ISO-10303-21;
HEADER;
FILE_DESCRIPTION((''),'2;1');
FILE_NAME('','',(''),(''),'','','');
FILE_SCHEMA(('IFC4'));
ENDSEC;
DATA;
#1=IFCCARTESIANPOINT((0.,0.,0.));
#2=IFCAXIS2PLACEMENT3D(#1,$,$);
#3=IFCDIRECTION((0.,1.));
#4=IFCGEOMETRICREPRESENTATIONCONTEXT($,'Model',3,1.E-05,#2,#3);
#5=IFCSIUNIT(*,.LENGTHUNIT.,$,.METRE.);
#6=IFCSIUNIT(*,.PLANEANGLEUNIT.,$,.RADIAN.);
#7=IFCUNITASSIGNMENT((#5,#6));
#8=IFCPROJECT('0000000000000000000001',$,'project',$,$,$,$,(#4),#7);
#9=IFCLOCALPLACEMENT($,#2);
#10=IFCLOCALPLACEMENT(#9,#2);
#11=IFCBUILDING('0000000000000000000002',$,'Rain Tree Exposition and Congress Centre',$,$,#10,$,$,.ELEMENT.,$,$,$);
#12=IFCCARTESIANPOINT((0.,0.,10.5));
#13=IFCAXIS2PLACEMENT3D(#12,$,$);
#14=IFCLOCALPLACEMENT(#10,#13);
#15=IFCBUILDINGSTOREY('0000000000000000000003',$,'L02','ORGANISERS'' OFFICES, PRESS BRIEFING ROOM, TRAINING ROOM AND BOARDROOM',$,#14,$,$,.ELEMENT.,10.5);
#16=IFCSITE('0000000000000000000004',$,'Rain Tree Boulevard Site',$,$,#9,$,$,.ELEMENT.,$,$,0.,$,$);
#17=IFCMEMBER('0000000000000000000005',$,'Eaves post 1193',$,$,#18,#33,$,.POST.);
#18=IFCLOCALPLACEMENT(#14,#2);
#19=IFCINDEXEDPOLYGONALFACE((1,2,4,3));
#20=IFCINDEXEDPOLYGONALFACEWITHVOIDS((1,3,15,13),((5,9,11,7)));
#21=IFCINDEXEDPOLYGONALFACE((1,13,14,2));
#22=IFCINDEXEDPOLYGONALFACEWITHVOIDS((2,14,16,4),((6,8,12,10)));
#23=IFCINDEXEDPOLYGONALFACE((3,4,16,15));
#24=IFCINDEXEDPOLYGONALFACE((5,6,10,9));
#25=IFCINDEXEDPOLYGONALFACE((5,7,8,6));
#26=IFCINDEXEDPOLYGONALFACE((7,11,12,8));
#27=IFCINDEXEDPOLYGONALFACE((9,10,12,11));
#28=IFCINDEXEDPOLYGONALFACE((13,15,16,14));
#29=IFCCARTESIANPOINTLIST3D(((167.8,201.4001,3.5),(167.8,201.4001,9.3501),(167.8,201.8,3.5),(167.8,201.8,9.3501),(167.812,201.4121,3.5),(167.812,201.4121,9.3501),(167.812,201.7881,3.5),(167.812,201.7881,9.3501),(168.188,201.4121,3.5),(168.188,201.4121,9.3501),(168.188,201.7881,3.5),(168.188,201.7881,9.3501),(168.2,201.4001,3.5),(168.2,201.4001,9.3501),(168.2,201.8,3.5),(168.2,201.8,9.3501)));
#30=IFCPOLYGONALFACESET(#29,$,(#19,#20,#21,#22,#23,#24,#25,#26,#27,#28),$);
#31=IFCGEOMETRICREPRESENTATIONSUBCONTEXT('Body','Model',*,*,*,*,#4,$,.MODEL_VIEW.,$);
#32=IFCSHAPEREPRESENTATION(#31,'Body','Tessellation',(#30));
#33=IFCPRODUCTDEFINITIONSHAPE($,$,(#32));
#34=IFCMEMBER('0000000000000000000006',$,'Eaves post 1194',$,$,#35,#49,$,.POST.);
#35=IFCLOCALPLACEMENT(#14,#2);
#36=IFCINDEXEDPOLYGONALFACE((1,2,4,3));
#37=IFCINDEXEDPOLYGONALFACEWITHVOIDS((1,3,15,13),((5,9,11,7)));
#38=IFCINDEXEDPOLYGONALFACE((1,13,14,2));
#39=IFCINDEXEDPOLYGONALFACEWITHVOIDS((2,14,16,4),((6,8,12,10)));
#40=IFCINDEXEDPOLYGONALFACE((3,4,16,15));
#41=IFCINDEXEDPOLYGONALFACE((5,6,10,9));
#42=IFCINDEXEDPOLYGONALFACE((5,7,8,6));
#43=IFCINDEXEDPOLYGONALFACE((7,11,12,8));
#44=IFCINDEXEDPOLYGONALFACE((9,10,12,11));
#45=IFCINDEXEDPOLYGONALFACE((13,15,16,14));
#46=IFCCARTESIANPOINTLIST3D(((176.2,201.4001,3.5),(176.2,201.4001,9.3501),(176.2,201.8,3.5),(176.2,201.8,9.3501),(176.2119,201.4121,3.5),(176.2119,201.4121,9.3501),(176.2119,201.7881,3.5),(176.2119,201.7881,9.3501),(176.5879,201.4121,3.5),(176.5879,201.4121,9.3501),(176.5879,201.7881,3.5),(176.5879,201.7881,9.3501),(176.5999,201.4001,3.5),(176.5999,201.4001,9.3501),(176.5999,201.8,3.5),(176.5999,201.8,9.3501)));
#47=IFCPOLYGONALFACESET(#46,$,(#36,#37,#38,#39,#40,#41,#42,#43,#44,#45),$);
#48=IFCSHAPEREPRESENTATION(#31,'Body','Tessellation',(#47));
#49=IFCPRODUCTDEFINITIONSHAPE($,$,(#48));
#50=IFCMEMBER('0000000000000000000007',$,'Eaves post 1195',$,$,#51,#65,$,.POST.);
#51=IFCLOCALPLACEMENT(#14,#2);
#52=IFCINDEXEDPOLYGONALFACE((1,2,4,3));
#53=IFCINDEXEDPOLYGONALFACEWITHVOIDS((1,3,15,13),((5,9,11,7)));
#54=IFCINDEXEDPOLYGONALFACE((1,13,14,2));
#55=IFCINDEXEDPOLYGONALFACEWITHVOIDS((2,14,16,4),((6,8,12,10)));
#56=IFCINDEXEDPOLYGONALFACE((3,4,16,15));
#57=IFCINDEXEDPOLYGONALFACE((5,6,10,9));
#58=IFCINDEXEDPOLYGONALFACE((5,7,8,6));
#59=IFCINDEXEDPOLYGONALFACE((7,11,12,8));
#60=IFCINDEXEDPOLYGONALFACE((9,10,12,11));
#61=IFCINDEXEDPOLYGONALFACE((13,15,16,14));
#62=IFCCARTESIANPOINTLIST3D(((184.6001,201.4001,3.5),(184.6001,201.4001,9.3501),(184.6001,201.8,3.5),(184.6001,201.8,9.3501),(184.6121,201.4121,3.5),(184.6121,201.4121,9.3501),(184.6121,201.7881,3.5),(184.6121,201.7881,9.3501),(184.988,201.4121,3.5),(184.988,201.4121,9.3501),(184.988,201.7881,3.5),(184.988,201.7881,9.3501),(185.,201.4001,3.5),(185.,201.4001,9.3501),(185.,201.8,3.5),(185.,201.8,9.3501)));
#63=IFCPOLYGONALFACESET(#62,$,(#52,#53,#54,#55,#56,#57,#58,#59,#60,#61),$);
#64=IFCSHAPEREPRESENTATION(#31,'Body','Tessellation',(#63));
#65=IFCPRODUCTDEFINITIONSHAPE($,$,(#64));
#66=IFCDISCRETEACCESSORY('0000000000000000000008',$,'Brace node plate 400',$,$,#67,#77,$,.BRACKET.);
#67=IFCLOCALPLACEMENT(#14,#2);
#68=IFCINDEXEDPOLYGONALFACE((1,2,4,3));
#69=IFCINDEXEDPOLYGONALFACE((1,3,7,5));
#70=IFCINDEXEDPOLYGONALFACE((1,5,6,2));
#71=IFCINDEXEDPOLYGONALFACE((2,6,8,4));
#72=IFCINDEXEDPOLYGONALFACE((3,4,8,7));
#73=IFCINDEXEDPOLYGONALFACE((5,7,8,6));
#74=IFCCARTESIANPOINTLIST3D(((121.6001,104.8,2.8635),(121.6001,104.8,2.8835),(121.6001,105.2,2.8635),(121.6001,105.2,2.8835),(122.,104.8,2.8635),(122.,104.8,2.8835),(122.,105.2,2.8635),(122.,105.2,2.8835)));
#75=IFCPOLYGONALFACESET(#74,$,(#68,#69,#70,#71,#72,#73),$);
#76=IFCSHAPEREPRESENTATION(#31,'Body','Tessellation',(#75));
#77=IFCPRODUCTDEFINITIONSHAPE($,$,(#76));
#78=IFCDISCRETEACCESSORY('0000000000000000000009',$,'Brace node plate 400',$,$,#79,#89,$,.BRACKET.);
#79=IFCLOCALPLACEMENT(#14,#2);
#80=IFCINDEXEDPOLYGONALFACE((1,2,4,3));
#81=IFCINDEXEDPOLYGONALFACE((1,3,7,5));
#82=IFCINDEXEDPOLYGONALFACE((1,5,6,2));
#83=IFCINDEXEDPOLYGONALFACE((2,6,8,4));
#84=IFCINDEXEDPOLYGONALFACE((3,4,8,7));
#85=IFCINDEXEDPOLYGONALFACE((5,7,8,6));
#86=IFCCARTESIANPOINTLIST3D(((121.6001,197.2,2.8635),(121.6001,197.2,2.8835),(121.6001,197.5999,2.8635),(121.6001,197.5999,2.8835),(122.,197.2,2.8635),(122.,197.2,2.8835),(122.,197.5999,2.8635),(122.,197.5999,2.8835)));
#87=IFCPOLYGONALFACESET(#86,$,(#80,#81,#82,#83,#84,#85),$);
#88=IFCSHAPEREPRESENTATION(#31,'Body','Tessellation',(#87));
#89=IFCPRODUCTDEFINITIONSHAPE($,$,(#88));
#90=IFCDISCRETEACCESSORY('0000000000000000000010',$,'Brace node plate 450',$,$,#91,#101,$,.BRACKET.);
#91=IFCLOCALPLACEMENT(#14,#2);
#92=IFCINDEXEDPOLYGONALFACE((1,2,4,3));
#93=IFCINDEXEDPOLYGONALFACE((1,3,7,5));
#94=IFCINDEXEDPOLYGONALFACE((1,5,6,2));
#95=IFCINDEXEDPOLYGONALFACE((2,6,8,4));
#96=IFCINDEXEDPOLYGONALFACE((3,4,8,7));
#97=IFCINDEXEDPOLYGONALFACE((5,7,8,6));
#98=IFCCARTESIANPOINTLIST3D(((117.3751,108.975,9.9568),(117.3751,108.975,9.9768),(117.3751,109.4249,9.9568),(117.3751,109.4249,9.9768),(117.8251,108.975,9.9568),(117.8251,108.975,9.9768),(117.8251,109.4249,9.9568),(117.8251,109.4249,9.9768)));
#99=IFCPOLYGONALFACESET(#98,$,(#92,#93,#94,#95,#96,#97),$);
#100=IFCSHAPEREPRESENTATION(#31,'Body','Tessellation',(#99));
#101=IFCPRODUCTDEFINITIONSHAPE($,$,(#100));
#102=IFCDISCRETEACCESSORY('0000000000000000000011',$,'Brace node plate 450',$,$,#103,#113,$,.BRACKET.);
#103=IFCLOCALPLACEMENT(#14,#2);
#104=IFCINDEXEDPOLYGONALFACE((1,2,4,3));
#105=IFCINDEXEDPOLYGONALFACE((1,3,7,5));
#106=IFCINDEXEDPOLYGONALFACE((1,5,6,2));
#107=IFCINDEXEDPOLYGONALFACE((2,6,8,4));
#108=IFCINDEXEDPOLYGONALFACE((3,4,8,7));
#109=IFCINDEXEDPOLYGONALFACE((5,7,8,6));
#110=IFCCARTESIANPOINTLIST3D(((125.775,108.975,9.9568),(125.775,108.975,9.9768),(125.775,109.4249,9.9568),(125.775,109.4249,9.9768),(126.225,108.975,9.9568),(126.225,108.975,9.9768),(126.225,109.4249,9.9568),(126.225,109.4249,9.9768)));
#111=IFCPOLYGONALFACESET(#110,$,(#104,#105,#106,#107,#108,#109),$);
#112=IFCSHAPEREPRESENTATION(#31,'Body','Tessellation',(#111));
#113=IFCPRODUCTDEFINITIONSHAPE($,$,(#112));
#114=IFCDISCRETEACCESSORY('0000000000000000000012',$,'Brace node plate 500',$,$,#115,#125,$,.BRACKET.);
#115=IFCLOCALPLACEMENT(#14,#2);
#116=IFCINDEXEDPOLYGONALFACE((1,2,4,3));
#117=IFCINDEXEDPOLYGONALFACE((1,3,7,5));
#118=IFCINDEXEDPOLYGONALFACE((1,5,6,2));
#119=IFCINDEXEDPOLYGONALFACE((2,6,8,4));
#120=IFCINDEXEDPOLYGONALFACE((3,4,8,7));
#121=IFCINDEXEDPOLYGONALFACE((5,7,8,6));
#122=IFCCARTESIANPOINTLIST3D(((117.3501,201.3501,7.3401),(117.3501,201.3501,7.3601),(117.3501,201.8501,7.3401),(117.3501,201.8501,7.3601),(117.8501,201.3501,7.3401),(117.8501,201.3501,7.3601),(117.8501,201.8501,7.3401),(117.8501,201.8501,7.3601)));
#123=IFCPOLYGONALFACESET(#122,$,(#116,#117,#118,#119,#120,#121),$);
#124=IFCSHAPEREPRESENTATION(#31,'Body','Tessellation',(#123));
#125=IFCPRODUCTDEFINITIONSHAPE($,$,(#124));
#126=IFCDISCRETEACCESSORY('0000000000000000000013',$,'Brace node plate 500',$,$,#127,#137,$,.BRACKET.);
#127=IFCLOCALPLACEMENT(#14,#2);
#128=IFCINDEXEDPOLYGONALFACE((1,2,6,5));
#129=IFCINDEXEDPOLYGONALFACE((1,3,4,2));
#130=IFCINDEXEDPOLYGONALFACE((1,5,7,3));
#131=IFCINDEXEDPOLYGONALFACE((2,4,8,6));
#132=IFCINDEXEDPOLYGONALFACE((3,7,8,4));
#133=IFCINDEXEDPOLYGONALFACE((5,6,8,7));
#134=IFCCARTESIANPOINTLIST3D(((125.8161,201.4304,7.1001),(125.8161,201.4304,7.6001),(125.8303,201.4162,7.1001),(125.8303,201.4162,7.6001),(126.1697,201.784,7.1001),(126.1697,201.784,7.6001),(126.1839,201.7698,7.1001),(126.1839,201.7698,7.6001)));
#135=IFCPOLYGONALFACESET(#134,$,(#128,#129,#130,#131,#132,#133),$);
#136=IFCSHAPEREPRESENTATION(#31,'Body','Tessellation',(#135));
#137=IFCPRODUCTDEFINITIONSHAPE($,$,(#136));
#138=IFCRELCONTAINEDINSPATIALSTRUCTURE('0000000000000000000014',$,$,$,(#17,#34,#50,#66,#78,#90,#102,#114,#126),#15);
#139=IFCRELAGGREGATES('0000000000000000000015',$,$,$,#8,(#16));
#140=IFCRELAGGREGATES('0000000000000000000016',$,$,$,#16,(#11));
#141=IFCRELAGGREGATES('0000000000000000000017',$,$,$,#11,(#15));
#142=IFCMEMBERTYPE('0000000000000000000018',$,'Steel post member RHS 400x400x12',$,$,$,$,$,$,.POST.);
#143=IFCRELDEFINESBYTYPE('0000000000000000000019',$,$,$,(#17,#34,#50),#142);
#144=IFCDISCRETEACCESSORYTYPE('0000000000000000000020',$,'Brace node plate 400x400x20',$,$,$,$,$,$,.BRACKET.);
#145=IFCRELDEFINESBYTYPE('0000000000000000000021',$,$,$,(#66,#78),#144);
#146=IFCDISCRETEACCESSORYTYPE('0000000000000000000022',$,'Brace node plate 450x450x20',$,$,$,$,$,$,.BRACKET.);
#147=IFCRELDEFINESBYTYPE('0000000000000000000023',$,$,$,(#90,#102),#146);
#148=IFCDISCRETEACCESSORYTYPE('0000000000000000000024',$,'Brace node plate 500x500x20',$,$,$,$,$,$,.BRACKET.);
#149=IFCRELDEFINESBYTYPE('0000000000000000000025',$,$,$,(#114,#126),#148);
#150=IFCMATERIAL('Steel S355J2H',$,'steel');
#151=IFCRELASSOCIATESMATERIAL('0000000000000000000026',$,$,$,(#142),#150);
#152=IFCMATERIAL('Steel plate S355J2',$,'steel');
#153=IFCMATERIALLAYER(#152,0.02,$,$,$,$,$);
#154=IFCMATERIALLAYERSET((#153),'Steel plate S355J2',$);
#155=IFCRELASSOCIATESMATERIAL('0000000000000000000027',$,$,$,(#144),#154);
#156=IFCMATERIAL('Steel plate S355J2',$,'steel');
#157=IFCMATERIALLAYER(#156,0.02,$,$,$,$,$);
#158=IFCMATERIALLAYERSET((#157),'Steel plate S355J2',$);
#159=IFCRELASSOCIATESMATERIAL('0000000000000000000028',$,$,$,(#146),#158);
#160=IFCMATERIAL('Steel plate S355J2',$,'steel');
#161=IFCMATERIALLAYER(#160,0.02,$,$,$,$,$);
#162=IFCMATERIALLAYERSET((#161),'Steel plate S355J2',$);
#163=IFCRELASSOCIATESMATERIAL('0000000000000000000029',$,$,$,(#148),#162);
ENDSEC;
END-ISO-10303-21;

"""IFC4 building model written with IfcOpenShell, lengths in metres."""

from ifc_helpers import new_model, si_unit, direction, frame, origin, origin_2d, place, context, subcontext, project, spatial, rectangle, hollow_rectangle, extrude, material, layer, layer_set, material_profile, profile_set, type_object, element, save


model = new_model("IFC4")

# Units and contexts
model_context = context("Model", 3, precision=1e-05, world=origin(), true_north=direction((0.0, 1.0)))
body_context = subcontext(model_context, "Body", "Model", "MODEL_VIEW")
ifc_project = project(units=[si_unit("LENGTHUNIT", "METRE"), si_unit("PLANEANGLEUNIT", "RADIAN")], contexts=[model_context])

# Site, building, storey
site_placement = place(None, origin())
site = spatial("IfcSite", under=ifc_project, at=site_placement, Name="Rain Tree Boulevard Site", CompositionType="ELEMENT", RefElevation=0.0)
building_placement = place(site_placement, origin())
building = spatial("IfcBuilding", under=site, at=building_placement, Name="Rain Tree Exposition and Congress Centre", CompositionType="ELEMENT")
storey_placement = place(building_placement, frame((0.0, 0.0, 10.5)))
storey = spatial("IfcBuildingStorey", under=building, at=storey_placement, Name="L02", Description="ORGANISERS' OFFICES, PRESS BRIEFING ROOM, TRAINING ROOM AND BOARDROOM", CompositionType="ELEMENT", Elevation=10.5)

# Members
ifc_material_1 = material(Name="Steel S355J2H", Category="steel")
ifc_material_profile_1 = material_profile(ifc_material_1, hollow_rectangle(XDim=0.3999, YDim=0.3999, WallThickness=0.012, at=origin_2d()), Name="RHS 400x400x12")
ifc_profile_set_1 = profile_set([ifc_material_profile_1], Name="Steel S355J2H")
member_type_1 = type_object("IfcMemberType", Name="Steel post member RHS 400x400x12", PredefinedType="POST", material=ifc_profile_set_1)
for number, where, z_axis, x_axis, name in (
    (1, (168.0, 201.6001, 3.5), (0.0, 0.0, 1.0), (1.0, 0.0, 0.0), "Eaves post 1193"),
    (2, (176.3999, 201.6001, 3.5), (0.0, 0.0, 1.0), (1.0, 0.0, 0.0), "Eaves post 1194"),
    (3, (184.8, 201.6001, 3.5), (0.0, 0.0, 1.0), (1.0, 0.0, 0.0), "Eaves post 1195"),
):
    element("IfcMember", number, at=place(storey_placement, frame(where, z_axis=z_axis, x_axis=x_axis)), inside=storey, type_object=member_type_1, Name=name, PredefinedType="POST", context=body_context, shape_type="SweptSolid", body=[
        extrude(hollow_rectangle(XDim=0.3999, YDim=0.3999, WallThickness=0.012, at=origin_2d()), origin(), (0.0, 0.0, 1.0), 5.8501),
    ])

# Discrete accessories
ifc_material_2 = material(Name="Steel plate S355J2", Category="steel")
ifc_layer_1 = layer(ifc_material_2, 0.02)
ifc_layer_set_1 = layer_set([ifc_layer_1], Name="Steel plate S355J2")
discrete_accessory_type_1 = type_object("IfcDiscreteAccessoryType", Name="Brace node plate 400x400x20", PredefinedType="BRACKET", material=ifc_layer_set_1)
for number, where, z_axis, x_axis, name in (
    (4, (121.8, 105.0, 2.8635), (0.0, 0.0, 1.0), (1.0, 0.0, 0.0), "Brace node plate 400"),
    (5, (121.8, 197.3999, 2.8635), (0.0, 0.0, 1.0), (1.0, 0.0, 0.0), "Brace node plate 400"),
):
    element("IfcDiscreteAccessory", number, at=place(storey_placement, frame(where, z_axis=z_axis, x_axis=x_axis)), inside=storey, type_object=discrete_accessory_type_1, Name=name, PredefinedType="BRACKET", context=body_context, shape_type="SweptSolid", body=[
        extrude(rectangle(XDim=0.3999, YDim=0.3999, at=origin_2d()), origin(), (0.0, 0.0, 1.0), 0.02),
    ])
ifc_material_3 = material(Name="Steel plate S355J2", Category="steel")
ifc_layer_2 = layer(ifc_material_3, 0.02)
ifc_layer_set_2 = layer_set([ifc_layer_2], Name="Steel plate S355J2")
discrete_accessory_type_2 = type_object("IfcDiscreteAccessoryType", Name="Brace node plate 450x450x20", PredefinedType="BRACKET", material=ifc_layer_set_2)
for number, where, z_axis, x_axis, name in (
    (6, (117.6001, 109.2, 9.9568), (0.0, 0.0, 1.0), (1.0, 0.0, 0.0), "Brace node plate 450"),
    (7, (126.0, 109.2, 9.9568), (0.0, 0.0, 1.0), (1.0, 0.0, 0.0), "Brace node plate 450"),
):
    element("IfcDiscreteAccessory", number, at=place(storey_placement, frame(where, z_axis=z_axis, x_axis=x_axis)), inside=storey, type_object=discrete_accessory_type_2, Name=name, PredefinedType="BRACKET", context=body_context, shape_type="SweptSolid", body=[
        extrude(rectangle(XDim=0.45, YDim=0.45, at=origin_2d()), origin(), (0.0, 0.0, 1.0), 0.02),
    ])
ifc_material_4 = material(Name="Steel plate S355J2", Category="steel")
ifc_layer_3 = layer(ifc_material_4, 0.02)
ifc_layer_set_3 = layer_set([ifc_layer_3], Name="Steel plate S355J2")
discrete_accessory_type_3 = type_object("IfcDiscreteAccessoryType", Name="Brace node plate 500x500x20", PredefinedType="BRACKET", material=ifc_layer_set_3)
discrete_accessory_1_placement = place(storey_placement, frame((117.6001, 201.6001, 7.3401), z_axis=(0.0, 0.0, 1.0), x_axis=(1.0, 0.0, 0.0)))
element("IfcDiscreteAccessory", 8, at=discrete_accessory_1_placement, inside=storey, type_object=discrete_accessory_type_3, Name="Brace node plate 500", PredefinedType="BRACKET", context=body_context, shape_type="SweptSolid", body=[
    extrude(rectangle(XDim=0.5, YDim=0.5, at=origin_2d()), origin(), (0.0, 0.0, 1.0), 0.02),
])
discrete_accessory_2_placement = place(storey_placement, frame((126.0, 201.6001, 7.1001), z_axis=(0.0, 0.0, 1.0), x_axis=(-0.707107, -0.707107, 0.0)))
element("IfcDiscreteAccessory", 9, at=discrete_accessory_2_placement, inside=storey, type_object=discrete_accessory_type_3, Name="Brace node plate 500", PredefinedType="BRACKET", context=body_context, shape_type="SweptSolid", body=[
    extrude(rectangle(XDim=0.5, YDim=0.02, at=origin_2d()), origin(), (0.0, 0.0, 1.0), 0.5),
])

save(model, "model.ifc")
